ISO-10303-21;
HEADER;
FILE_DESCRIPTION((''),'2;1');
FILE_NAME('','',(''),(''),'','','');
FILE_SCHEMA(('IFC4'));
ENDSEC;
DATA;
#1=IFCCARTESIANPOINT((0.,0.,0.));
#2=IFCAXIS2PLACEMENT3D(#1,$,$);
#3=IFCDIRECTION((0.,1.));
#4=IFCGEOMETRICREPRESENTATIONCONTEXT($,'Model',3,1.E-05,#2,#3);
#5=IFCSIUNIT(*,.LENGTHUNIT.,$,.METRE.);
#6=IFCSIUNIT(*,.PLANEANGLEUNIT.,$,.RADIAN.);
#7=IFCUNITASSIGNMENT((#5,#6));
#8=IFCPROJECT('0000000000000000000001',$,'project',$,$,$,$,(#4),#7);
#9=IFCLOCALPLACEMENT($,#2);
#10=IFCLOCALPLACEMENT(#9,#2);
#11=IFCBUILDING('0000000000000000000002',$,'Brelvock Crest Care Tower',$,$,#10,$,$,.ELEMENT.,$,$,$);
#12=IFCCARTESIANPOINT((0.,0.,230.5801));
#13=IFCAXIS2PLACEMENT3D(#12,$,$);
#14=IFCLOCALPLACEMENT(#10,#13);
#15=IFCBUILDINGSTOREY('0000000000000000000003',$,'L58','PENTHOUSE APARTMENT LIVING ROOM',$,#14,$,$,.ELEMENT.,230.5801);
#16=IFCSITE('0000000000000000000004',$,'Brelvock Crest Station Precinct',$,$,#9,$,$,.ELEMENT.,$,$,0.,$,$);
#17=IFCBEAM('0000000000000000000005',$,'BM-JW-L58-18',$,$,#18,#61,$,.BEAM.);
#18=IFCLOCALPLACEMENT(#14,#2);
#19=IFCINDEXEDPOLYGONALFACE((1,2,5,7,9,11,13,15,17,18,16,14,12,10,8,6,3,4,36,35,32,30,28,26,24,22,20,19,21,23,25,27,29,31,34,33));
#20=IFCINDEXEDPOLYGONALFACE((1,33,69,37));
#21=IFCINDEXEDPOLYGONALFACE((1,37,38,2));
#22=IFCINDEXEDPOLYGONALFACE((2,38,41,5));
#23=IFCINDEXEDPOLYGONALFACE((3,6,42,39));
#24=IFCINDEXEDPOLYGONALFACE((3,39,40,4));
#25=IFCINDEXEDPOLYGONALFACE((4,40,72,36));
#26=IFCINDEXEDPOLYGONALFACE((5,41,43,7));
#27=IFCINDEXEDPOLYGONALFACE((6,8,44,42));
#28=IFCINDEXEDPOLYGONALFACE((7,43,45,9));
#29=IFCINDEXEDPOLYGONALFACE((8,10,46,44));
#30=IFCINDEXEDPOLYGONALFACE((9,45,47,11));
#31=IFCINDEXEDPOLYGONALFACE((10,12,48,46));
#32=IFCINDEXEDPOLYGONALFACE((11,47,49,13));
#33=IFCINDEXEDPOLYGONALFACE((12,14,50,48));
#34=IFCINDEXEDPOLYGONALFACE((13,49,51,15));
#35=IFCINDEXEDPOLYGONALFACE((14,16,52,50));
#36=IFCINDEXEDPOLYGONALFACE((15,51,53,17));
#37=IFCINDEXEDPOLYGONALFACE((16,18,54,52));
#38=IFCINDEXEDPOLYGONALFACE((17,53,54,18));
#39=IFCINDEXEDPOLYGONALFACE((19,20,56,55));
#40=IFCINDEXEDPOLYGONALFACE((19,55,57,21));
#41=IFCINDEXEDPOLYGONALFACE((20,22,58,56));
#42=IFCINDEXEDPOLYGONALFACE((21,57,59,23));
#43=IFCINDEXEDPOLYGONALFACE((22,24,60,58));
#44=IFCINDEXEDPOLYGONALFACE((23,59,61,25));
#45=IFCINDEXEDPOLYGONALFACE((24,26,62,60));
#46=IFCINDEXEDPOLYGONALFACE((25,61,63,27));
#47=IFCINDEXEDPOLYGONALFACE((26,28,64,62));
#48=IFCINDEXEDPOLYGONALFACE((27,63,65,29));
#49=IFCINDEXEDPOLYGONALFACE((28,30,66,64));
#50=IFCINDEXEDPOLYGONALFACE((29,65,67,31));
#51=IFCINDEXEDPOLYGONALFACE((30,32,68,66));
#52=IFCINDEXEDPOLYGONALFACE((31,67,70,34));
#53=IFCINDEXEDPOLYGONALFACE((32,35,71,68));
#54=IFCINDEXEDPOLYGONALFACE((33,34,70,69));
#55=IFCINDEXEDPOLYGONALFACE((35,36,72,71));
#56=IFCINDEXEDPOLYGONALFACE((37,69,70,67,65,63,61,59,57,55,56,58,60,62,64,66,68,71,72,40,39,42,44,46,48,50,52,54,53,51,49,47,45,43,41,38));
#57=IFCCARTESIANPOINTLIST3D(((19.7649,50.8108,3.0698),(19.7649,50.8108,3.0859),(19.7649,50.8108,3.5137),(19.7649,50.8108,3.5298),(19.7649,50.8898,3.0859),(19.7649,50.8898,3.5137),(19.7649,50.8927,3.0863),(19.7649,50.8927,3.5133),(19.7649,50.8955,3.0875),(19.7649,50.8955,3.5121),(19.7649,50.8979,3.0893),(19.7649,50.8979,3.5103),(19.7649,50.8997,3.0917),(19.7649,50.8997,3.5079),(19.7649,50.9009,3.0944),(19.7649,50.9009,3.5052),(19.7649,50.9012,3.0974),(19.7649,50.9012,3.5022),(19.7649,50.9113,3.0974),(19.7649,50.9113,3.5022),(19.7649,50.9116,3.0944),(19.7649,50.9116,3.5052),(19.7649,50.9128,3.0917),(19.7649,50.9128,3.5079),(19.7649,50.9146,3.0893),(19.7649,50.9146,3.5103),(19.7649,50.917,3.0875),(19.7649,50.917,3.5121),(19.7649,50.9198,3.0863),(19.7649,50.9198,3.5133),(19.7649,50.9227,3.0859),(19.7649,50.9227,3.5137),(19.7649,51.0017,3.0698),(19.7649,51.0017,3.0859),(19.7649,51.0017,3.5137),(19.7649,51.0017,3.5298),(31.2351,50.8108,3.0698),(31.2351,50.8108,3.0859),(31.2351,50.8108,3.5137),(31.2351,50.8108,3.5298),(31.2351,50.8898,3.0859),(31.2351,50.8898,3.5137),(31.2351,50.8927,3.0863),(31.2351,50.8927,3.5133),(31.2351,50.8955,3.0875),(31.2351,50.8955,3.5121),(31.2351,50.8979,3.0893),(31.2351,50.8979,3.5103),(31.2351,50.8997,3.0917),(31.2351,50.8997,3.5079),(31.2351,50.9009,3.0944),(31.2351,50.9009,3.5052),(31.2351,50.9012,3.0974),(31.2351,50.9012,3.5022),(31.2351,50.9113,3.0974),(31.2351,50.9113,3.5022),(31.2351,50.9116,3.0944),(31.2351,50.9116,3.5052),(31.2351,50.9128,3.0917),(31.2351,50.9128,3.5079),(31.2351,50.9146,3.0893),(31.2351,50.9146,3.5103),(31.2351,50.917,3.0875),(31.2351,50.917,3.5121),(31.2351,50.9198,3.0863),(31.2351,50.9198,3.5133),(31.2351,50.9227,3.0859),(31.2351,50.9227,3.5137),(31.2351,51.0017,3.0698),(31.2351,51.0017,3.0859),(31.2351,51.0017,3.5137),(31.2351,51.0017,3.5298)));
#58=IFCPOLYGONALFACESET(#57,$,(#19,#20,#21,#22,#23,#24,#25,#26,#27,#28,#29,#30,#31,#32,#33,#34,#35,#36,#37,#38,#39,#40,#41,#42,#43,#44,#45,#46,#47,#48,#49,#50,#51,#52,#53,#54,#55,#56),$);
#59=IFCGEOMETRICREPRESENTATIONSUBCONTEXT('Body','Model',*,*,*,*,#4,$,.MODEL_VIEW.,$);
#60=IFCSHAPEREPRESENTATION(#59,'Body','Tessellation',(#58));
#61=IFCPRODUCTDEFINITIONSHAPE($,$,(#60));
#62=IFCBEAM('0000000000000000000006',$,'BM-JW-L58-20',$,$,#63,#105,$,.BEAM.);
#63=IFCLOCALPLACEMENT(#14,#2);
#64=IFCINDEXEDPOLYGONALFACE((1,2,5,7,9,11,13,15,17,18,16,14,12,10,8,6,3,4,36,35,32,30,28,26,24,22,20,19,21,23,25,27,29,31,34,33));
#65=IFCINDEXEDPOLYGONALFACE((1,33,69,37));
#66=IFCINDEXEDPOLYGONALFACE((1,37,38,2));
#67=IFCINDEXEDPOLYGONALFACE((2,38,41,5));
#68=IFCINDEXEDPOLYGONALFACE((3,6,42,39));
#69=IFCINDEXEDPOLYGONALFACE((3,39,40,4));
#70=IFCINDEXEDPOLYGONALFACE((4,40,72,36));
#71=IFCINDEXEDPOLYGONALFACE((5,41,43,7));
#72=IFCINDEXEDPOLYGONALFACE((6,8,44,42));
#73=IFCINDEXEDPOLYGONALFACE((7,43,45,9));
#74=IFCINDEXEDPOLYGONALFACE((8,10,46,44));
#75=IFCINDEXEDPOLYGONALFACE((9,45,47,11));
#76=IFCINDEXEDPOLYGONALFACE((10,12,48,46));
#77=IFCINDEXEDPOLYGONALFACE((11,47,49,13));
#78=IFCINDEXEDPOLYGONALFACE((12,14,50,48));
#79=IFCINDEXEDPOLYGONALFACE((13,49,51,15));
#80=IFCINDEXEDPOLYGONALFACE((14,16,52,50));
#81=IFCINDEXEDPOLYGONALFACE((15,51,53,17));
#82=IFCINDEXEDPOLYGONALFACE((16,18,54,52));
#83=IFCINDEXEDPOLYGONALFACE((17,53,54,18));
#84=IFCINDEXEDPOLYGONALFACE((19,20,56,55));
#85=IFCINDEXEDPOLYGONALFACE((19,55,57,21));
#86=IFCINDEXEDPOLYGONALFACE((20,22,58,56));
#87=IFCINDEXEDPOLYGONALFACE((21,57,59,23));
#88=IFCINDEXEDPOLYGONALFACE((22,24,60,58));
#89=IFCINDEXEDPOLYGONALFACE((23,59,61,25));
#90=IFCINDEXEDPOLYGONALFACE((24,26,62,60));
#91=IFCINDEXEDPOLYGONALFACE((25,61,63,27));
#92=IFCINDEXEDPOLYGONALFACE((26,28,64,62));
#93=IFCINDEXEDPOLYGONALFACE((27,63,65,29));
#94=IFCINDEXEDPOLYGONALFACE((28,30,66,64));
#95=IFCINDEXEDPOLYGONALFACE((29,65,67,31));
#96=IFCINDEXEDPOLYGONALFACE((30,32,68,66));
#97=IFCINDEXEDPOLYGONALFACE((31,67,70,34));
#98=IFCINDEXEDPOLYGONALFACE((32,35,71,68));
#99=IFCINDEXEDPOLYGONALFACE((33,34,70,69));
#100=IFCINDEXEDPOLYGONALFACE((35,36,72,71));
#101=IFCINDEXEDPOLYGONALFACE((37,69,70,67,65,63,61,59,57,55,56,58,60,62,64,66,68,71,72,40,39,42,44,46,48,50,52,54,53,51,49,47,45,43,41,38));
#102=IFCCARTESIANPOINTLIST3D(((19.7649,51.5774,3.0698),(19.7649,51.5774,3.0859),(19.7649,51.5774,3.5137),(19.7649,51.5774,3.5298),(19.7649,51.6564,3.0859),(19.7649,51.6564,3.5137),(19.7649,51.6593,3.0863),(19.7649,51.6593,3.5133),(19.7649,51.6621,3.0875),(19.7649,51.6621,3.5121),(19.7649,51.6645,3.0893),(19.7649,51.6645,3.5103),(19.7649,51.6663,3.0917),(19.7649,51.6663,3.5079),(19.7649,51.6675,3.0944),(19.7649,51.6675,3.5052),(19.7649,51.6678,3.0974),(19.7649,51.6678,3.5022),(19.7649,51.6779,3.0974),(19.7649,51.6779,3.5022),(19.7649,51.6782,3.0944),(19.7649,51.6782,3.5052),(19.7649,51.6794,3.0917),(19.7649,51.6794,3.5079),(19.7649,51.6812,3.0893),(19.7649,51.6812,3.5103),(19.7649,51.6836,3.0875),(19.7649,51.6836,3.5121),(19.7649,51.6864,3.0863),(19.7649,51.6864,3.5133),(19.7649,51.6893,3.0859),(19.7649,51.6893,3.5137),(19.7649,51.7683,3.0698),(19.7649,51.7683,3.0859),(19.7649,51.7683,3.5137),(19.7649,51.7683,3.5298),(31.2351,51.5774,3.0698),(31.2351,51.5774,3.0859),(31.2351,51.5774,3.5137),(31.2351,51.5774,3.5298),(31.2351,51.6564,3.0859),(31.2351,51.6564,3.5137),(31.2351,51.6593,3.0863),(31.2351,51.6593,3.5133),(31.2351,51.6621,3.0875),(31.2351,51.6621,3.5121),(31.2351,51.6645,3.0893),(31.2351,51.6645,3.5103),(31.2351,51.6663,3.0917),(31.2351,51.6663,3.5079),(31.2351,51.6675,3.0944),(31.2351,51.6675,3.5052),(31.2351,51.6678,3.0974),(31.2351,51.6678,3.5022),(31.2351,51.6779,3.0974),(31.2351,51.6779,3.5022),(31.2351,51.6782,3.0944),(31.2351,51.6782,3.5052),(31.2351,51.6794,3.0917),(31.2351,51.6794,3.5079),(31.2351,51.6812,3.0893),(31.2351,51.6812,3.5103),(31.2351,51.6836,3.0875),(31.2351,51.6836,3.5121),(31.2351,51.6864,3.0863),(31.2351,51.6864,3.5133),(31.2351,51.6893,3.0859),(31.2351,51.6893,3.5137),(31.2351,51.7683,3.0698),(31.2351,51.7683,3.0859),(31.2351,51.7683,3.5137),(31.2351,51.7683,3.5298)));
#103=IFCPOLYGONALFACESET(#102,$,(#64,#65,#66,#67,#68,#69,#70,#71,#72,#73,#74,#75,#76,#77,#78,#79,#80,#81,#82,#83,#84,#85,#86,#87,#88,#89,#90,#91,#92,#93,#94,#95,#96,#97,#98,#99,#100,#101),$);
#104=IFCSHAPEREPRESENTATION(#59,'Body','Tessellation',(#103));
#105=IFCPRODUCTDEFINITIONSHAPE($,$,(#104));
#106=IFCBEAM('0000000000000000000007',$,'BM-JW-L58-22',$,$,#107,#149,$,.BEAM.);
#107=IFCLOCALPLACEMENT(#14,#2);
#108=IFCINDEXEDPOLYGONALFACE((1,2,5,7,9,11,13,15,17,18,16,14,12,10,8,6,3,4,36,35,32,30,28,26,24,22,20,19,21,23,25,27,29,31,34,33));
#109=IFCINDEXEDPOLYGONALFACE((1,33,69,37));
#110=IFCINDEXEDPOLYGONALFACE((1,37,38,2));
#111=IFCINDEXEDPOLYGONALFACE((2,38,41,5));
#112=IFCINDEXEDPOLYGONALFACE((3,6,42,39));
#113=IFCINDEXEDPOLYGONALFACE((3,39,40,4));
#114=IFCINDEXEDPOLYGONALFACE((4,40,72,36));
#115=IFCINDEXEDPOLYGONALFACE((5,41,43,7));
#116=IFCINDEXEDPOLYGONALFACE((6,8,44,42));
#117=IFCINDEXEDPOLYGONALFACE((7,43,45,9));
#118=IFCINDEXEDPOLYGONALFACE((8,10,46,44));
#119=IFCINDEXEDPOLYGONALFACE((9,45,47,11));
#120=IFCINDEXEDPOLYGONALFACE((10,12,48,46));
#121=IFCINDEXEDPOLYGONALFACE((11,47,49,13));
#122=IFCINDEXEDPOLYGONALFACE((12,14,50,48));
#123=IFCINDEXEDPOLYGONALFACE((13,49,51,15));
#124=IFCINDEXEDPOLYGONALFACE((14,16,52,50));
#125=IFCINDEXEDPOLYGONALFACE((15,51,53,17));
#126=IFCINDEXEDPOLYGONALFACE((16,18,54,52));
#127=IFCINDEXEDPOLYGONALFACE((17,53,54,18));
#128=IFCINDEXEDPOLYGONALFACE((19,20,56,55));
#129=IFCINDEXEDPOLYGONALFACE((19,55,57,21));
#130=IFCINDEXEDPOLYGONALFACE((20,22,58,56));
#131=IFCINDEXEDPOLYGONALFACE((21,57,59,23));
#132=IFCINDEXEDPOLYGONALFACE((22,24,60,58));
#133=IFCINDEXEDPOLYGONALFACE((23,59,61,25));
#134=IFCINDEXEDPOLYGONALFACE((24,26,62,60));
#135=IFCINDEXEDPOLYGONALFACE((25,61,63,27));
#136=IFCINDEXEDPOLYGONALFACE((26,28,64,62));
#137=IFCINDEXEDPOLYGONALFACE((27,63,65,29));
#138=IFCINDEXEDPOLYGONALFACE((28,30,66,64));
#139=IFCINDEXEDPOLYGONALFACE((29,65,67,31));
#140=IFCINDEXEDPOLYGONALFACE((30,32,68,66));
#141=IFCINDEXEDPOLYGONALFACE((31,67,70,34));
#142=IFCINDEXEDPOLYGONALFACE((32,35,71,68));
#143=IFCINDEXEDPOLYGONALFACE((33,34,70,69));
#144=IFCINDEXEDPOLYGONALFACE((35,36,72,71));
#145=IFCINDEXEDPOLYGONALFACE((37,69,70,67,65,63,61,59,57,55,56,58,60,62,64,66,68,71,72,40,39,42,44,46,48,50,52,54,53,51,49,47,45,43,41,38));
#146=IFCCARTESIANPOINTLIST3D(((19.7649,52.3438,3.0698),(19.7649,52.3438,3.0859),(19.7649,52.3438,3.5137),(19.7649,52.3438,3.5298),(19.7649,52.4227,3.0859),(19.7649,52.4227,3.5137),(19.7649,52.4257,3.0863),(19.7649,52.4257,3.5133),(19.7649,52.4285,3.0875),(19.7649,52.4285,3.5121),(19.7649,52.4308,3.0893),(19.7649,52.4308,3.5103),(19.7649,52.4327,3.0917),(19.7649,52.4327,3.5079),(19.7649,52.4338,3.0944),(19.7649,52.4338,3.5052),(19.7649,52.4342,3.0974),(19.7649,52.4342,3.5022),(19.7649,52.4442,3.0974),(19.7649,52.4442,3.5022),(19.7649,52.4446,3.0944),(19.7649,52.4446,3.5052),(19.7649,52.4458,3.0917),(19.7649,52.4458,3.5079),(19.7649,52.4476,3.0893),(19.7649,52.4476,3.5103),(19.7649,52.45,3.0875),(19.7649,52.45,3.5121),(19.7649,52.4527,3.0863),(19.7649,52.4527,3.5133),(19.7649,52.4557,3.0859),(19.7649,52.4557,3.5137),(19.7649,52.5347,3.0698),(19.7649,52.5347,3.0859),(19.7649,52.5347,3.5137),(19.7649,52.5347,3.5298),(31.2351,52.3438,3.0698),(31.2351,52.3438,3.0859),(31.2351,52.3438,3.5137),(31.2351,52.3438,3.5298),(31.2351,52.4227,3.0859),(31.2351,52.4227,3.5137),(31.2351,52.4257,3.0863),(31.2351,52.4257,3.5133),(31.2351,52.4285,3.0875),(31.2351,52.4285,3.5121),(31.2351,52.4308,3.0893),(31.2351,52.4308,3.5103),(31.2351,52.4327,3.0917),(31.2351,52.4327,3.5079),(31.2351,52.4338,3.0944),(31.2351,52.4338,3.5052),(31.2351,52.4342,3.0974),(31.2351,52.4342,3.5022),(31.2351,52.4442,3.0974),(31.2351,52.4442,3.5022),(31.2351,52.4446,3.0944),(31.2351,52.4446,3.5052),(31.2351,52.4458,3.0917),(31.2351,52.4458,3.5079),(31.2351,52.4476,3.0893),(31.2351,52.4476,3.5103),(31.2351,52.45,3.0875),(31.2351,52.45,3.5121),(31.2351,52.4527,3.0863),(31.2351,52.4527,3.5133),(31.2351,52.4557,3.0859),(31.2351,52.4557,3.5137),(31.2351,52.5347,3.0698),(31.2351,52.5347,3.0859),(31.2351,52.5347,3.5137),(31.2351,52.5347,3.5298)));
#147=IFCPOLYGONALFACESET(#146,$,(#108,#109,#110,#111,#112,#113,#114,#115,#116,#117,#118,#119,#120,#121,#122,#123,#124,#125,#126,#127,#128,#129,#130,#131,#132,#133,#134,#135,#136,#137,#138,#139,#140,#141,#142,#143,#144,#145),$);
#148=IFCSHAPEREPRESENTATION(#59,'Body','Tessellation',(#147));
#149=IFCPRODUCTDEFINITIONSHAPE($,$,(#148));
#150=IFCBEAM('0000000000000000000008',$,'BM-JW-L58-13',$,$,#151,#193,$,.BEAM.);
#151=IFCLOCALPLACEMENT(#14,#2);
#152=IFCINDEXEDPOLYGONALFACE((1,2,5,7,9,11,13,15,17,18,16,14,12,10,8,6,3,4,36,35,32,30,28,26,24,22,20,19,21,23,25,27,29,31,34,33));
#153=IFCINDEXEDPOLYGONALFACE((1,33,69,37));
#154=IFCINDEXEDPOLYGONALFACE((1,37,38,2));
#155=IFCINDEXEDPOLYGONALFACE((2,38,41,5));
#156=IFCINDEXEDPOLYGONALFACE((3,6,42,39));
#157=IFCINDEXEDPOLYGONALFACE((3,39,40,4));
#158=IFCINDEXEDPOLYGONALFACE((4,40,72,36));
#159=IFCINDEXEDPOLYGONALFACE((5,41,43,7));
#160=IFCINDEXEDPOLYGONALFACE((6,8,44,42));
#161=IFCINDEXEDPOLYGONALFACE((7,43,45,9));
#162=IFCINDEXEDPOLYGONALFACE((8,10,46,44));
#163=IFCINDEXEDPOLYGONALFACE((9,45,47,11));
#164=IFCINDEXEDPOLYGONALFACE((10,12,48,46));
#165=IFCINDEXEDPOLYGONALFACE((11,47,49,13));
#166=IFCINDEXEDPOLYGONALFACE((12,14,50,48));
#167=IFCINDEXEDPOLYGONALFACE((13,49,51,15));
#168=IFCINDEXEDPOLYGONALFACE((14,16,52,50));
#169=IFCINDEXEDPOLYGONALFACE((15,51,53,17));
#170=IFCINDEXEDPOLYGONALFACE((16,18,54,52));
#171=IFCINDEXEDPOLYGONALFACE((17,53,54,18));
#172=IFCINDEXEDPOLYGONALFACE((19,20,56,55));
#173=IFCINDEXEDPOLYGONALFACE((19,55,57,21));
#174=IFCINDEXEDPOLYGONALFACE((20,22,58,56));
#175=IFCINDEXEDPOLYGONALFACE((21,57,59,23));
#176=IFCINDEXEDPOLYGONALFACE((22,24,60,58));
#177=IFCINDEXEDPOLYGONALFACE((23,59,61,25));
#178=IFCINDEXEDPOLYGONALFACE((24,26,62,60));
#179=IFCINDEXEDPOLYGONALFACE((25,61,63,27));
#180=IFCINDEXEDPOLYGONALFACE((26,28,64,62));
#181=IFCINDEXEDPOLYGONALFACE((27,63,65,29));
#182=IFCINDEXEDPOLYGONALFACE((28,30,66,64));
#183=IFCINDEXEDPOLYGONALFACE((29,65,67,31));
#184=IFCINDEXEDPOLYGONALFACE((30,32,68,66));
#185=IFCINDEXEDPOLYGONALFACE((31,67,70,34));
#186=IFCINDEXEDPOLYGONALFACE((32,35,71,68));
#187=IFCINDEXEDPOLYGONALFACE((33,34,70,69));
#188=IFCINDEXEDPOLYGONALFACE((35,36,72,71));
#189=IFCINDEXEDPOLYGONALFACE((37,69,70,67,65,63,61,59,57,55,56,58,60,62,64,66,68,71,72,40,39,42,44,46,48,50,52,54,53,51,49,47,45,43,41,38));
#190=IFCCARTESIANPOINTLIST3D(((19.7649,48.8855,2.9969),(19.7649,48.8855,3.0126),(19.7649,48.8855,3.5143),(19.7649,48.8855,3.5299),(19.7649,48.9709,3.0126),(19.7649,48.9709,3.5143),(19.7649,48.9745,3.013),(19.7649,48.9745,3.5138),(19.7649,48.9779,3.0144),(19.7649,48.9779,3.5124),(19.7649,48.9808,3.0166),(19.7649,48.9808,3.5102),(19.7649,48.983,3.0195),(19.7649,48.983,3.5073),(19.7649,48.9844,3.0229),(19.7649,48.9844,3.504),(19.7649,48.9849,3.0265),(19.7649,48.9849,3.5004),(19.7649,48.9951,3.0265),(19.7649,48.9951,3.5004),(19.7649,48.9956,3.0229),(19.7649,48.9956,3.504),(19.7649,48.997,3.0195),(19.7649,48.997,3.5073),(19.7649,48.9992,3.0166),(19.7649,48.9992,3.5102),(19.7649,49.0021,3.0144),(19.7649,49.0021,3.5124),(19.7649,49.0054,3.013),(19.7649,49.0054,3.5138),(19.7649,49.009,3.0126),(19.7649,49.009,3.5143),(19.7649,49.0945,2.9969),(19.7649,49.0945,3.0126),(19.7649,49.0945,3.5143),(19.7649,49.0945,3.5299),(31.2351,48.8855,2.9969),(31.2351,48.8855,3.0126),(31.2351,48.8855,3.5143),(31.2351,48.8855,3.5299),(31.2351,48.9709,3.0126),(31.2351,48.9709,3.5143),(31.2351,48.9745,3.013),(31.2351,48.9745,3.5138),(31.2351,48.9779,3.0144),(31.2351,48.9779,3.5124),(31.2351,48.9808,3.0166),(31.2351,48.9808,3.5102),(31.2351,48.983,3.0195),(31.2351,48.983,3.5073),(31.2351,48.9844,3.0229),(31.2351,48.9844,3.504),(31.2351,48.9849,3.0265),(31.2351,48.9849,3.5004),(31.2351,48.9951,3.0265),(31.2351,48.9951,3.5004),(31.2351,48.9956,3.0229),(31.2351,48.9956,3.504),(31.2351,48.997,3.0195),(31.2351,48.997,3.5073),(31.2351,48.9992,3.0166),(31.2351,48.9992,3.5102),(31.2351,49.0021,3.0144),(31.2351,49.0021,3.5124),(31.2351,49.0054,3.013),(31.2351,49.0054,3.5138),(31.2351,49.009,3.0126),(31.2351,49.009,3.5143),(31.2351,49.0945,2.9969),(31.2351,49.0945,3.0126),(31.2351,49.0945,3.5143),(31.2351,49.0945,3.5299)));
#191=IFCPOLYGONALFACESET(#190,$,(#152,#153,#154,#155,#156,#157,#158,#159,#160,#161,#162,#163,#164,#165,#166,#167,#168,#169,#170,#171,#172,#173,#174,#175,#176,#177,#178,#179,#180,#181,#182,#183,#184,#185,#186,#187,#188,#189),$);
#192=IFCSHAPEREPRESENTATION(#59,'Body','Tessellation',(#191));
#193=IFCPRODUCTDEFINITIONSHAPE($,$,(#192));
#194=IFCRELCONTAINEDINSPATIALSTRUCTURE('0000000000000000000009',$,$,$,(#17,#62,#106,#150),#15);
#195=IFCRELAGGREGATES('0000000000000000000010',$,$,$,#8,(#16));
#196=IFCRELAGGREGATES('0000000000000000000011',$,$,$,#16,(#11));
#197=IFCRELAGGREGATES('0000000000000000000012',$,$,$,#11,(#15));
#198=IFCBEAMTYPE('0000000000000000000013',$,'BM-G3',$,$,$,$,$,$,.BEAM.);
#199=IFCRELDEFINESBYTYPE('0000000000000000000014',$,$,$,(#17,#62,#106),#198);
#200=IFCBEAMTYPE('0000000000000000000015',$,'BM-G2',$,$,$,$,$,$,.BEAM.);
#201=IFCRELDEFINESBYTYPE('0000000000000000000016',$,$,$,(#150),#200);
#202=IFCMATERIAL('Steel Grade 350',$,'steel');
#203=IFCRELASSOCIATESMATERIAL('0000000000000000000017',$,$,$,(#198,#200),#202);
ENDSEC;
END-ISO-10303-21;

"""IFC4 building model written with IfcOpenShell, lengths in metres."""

from ifc_helpers import new_model, si_unit, direction, frame, origin, origin_2d, place, context, subcontext, project, spatial, i_section, extrude, source, transform, mapped, material, material_profile, profile_set, type_object, element, save


model = new_model("IFC4")

# Units and contexts
model_context = context("Model", 3, precision=1e-05, world=origin(), true_north=direction((0.0, 1.0)))
body_context = subcontext(model_context, "Body", "Model", "MODEL_VIEW")
ifc_project = project(units=[si_unit("LENGTHUNIT", "METRE"), si_unit("PLANEANGLEUNIT", "RADIAN")], contexts=[model_context])

# Site, building, storey
site_placement = place(None, origin())
site = spatial("IfcSite", under=ifc_project, at=site_placement, Name="Brelvock Crest Station Precinct", CompositionType="ELEMENT", RefElevation=0.0)
building_placement = place(site_placement, origin())
building = spatial("IfcBuilding", under=site, at=building_placement, Name="Brelvock Crest Care Tower", CompositionType="ELEMENT")
storey_placement = place(building_placement, frame((0.0, 0.0, 230.5801)))
storey = spatial("IfcBuildingStorey", under=building, at=storey_placement, Name="L58", Description="PENTHOUSE APARTMENT LIVING ROOM", CompositionType="ELEMENT", Elevation=230.5801)

# Beams
ifc_material_1 = material(Name="Steel Grade 350", Category="steel")
ifc_material_profile_1 = material_profile(ifc_material_1, i_section(OverallWidth=0.1909, OverallDepth=0.46, WebThickness=0.01, FlangeThickness=0.0161, FilletRadius=0.0115, at=origin_2d()), Name="460UB82.1")
ifc_profile_set_1 = profile_set([ifc_material_profile_1], Name="Steel Grade 350")
beam_type_1 = type_object("IfcBeamType", Name="BM-G3", PredefinedType="BEAM", material=ifc_profile_set_1)
shared_shape_1 = source(origin(), body_context, "Body", "SweptSolid", [
    extrude(i_section(OverallWidth=0.1909, OverallDepth=0.46, WebThickness=0.01, FlangeThickness=0.0161, FilletRadius=0.0115, at=origin_2d()), origin(), (0.0, 0.0, 1.0), 11.4702),
])
for number, where, z_axis, x_axis, name in (
    (1, (19.7649, 50.9062, 3.2998), (1.0, 0.0, 0.0), (0.0, 1.0, 0.0), "BM-JW-L58-18"),
    (2, (19.7649, 51.6729, 3.2998), (1.0, 0.0, 0.0), (0.0, 1.0, 0.0), "BM-JW-L58-20"),
    (3, (19.7649, 52.4392, 3.2998), (1.0, 0.0, 0.0), (0.0, 1.0, 0.0), "BM-JW-L58-22"),
):
    element("IfcBeam", number, at=place(storey_placement, frame(where, z_axis=z_axis, x_axis=x_axis)), inside=storey, type_object=beam_type_1, Name=name, PredefinedType="BEAM", context=body_context, shape_type="MappedRepresentation", body=[
        mapped(shared_shape_1, transform((0.0, 0.0, 0.0), x_axis=(1.0, 0.0, 0.0), y_axis=(0.0, 1.0, 0.0), z_axis=(0.0, 0.0, 1.0), scale=1.0)),
    ])
ifc_material_profile_2 = material_profile(ifc_material_1, i_section(OverallWidth=0.209, OverallDepth=0.533, WebThickness=0.0103, FlangeThickness=0.0156, FilletRadius=0.0139, at=origin_2d()), Name="530UB92.4")
ifc_profile_set_2 = profile_set([ifc_material_profile_2], Name="Steel Grade 350")
beam_type_2 = type_object("IfcBeamType", Name="BM-G2", PredefinedType="BEAM", material=ifc_profile_set_2)
shared_shape_2 = source(origin(), body_context, "Body", "SweptSolid", [
    extrude(i_section(OverallWidth=0.209, OverallDepth=0.533, WebThickness=0.0103, FlangeThickness=0.0156, FilletRadius=0.0139, at=origin_2d()), origin(), (0.0, 0.0, 1.0), 11.4702),
])
for number, where, z_axis, x_axis, name in (
    (4, (19.7649, 48.99, 3.2634), (1.0, 0.0, 0.0), (0.0, 1.0, 0.0), "BM-JW-L58-13"),
):
    element("IfcBeam", number, at=place(storey_placement, frame(where, z_axis=z_axis, x_axis=x_axis)), inside=storey, type_object=beam_type_2, Name=name, PredefinedType="BEAM", context=body_context, shape_type="MappedRepresentation", body=[
        mapped(shared_shape_2, transform((0.0, 0.0, 0.0), x_axis=(1.0, 0.0, 0.0), y_axis=(0.0, 1.0, 0.0), z_axis=(0.0, 0.0, 1.0), scale=1.0)),
    ])

save(model, "model.ifc")
